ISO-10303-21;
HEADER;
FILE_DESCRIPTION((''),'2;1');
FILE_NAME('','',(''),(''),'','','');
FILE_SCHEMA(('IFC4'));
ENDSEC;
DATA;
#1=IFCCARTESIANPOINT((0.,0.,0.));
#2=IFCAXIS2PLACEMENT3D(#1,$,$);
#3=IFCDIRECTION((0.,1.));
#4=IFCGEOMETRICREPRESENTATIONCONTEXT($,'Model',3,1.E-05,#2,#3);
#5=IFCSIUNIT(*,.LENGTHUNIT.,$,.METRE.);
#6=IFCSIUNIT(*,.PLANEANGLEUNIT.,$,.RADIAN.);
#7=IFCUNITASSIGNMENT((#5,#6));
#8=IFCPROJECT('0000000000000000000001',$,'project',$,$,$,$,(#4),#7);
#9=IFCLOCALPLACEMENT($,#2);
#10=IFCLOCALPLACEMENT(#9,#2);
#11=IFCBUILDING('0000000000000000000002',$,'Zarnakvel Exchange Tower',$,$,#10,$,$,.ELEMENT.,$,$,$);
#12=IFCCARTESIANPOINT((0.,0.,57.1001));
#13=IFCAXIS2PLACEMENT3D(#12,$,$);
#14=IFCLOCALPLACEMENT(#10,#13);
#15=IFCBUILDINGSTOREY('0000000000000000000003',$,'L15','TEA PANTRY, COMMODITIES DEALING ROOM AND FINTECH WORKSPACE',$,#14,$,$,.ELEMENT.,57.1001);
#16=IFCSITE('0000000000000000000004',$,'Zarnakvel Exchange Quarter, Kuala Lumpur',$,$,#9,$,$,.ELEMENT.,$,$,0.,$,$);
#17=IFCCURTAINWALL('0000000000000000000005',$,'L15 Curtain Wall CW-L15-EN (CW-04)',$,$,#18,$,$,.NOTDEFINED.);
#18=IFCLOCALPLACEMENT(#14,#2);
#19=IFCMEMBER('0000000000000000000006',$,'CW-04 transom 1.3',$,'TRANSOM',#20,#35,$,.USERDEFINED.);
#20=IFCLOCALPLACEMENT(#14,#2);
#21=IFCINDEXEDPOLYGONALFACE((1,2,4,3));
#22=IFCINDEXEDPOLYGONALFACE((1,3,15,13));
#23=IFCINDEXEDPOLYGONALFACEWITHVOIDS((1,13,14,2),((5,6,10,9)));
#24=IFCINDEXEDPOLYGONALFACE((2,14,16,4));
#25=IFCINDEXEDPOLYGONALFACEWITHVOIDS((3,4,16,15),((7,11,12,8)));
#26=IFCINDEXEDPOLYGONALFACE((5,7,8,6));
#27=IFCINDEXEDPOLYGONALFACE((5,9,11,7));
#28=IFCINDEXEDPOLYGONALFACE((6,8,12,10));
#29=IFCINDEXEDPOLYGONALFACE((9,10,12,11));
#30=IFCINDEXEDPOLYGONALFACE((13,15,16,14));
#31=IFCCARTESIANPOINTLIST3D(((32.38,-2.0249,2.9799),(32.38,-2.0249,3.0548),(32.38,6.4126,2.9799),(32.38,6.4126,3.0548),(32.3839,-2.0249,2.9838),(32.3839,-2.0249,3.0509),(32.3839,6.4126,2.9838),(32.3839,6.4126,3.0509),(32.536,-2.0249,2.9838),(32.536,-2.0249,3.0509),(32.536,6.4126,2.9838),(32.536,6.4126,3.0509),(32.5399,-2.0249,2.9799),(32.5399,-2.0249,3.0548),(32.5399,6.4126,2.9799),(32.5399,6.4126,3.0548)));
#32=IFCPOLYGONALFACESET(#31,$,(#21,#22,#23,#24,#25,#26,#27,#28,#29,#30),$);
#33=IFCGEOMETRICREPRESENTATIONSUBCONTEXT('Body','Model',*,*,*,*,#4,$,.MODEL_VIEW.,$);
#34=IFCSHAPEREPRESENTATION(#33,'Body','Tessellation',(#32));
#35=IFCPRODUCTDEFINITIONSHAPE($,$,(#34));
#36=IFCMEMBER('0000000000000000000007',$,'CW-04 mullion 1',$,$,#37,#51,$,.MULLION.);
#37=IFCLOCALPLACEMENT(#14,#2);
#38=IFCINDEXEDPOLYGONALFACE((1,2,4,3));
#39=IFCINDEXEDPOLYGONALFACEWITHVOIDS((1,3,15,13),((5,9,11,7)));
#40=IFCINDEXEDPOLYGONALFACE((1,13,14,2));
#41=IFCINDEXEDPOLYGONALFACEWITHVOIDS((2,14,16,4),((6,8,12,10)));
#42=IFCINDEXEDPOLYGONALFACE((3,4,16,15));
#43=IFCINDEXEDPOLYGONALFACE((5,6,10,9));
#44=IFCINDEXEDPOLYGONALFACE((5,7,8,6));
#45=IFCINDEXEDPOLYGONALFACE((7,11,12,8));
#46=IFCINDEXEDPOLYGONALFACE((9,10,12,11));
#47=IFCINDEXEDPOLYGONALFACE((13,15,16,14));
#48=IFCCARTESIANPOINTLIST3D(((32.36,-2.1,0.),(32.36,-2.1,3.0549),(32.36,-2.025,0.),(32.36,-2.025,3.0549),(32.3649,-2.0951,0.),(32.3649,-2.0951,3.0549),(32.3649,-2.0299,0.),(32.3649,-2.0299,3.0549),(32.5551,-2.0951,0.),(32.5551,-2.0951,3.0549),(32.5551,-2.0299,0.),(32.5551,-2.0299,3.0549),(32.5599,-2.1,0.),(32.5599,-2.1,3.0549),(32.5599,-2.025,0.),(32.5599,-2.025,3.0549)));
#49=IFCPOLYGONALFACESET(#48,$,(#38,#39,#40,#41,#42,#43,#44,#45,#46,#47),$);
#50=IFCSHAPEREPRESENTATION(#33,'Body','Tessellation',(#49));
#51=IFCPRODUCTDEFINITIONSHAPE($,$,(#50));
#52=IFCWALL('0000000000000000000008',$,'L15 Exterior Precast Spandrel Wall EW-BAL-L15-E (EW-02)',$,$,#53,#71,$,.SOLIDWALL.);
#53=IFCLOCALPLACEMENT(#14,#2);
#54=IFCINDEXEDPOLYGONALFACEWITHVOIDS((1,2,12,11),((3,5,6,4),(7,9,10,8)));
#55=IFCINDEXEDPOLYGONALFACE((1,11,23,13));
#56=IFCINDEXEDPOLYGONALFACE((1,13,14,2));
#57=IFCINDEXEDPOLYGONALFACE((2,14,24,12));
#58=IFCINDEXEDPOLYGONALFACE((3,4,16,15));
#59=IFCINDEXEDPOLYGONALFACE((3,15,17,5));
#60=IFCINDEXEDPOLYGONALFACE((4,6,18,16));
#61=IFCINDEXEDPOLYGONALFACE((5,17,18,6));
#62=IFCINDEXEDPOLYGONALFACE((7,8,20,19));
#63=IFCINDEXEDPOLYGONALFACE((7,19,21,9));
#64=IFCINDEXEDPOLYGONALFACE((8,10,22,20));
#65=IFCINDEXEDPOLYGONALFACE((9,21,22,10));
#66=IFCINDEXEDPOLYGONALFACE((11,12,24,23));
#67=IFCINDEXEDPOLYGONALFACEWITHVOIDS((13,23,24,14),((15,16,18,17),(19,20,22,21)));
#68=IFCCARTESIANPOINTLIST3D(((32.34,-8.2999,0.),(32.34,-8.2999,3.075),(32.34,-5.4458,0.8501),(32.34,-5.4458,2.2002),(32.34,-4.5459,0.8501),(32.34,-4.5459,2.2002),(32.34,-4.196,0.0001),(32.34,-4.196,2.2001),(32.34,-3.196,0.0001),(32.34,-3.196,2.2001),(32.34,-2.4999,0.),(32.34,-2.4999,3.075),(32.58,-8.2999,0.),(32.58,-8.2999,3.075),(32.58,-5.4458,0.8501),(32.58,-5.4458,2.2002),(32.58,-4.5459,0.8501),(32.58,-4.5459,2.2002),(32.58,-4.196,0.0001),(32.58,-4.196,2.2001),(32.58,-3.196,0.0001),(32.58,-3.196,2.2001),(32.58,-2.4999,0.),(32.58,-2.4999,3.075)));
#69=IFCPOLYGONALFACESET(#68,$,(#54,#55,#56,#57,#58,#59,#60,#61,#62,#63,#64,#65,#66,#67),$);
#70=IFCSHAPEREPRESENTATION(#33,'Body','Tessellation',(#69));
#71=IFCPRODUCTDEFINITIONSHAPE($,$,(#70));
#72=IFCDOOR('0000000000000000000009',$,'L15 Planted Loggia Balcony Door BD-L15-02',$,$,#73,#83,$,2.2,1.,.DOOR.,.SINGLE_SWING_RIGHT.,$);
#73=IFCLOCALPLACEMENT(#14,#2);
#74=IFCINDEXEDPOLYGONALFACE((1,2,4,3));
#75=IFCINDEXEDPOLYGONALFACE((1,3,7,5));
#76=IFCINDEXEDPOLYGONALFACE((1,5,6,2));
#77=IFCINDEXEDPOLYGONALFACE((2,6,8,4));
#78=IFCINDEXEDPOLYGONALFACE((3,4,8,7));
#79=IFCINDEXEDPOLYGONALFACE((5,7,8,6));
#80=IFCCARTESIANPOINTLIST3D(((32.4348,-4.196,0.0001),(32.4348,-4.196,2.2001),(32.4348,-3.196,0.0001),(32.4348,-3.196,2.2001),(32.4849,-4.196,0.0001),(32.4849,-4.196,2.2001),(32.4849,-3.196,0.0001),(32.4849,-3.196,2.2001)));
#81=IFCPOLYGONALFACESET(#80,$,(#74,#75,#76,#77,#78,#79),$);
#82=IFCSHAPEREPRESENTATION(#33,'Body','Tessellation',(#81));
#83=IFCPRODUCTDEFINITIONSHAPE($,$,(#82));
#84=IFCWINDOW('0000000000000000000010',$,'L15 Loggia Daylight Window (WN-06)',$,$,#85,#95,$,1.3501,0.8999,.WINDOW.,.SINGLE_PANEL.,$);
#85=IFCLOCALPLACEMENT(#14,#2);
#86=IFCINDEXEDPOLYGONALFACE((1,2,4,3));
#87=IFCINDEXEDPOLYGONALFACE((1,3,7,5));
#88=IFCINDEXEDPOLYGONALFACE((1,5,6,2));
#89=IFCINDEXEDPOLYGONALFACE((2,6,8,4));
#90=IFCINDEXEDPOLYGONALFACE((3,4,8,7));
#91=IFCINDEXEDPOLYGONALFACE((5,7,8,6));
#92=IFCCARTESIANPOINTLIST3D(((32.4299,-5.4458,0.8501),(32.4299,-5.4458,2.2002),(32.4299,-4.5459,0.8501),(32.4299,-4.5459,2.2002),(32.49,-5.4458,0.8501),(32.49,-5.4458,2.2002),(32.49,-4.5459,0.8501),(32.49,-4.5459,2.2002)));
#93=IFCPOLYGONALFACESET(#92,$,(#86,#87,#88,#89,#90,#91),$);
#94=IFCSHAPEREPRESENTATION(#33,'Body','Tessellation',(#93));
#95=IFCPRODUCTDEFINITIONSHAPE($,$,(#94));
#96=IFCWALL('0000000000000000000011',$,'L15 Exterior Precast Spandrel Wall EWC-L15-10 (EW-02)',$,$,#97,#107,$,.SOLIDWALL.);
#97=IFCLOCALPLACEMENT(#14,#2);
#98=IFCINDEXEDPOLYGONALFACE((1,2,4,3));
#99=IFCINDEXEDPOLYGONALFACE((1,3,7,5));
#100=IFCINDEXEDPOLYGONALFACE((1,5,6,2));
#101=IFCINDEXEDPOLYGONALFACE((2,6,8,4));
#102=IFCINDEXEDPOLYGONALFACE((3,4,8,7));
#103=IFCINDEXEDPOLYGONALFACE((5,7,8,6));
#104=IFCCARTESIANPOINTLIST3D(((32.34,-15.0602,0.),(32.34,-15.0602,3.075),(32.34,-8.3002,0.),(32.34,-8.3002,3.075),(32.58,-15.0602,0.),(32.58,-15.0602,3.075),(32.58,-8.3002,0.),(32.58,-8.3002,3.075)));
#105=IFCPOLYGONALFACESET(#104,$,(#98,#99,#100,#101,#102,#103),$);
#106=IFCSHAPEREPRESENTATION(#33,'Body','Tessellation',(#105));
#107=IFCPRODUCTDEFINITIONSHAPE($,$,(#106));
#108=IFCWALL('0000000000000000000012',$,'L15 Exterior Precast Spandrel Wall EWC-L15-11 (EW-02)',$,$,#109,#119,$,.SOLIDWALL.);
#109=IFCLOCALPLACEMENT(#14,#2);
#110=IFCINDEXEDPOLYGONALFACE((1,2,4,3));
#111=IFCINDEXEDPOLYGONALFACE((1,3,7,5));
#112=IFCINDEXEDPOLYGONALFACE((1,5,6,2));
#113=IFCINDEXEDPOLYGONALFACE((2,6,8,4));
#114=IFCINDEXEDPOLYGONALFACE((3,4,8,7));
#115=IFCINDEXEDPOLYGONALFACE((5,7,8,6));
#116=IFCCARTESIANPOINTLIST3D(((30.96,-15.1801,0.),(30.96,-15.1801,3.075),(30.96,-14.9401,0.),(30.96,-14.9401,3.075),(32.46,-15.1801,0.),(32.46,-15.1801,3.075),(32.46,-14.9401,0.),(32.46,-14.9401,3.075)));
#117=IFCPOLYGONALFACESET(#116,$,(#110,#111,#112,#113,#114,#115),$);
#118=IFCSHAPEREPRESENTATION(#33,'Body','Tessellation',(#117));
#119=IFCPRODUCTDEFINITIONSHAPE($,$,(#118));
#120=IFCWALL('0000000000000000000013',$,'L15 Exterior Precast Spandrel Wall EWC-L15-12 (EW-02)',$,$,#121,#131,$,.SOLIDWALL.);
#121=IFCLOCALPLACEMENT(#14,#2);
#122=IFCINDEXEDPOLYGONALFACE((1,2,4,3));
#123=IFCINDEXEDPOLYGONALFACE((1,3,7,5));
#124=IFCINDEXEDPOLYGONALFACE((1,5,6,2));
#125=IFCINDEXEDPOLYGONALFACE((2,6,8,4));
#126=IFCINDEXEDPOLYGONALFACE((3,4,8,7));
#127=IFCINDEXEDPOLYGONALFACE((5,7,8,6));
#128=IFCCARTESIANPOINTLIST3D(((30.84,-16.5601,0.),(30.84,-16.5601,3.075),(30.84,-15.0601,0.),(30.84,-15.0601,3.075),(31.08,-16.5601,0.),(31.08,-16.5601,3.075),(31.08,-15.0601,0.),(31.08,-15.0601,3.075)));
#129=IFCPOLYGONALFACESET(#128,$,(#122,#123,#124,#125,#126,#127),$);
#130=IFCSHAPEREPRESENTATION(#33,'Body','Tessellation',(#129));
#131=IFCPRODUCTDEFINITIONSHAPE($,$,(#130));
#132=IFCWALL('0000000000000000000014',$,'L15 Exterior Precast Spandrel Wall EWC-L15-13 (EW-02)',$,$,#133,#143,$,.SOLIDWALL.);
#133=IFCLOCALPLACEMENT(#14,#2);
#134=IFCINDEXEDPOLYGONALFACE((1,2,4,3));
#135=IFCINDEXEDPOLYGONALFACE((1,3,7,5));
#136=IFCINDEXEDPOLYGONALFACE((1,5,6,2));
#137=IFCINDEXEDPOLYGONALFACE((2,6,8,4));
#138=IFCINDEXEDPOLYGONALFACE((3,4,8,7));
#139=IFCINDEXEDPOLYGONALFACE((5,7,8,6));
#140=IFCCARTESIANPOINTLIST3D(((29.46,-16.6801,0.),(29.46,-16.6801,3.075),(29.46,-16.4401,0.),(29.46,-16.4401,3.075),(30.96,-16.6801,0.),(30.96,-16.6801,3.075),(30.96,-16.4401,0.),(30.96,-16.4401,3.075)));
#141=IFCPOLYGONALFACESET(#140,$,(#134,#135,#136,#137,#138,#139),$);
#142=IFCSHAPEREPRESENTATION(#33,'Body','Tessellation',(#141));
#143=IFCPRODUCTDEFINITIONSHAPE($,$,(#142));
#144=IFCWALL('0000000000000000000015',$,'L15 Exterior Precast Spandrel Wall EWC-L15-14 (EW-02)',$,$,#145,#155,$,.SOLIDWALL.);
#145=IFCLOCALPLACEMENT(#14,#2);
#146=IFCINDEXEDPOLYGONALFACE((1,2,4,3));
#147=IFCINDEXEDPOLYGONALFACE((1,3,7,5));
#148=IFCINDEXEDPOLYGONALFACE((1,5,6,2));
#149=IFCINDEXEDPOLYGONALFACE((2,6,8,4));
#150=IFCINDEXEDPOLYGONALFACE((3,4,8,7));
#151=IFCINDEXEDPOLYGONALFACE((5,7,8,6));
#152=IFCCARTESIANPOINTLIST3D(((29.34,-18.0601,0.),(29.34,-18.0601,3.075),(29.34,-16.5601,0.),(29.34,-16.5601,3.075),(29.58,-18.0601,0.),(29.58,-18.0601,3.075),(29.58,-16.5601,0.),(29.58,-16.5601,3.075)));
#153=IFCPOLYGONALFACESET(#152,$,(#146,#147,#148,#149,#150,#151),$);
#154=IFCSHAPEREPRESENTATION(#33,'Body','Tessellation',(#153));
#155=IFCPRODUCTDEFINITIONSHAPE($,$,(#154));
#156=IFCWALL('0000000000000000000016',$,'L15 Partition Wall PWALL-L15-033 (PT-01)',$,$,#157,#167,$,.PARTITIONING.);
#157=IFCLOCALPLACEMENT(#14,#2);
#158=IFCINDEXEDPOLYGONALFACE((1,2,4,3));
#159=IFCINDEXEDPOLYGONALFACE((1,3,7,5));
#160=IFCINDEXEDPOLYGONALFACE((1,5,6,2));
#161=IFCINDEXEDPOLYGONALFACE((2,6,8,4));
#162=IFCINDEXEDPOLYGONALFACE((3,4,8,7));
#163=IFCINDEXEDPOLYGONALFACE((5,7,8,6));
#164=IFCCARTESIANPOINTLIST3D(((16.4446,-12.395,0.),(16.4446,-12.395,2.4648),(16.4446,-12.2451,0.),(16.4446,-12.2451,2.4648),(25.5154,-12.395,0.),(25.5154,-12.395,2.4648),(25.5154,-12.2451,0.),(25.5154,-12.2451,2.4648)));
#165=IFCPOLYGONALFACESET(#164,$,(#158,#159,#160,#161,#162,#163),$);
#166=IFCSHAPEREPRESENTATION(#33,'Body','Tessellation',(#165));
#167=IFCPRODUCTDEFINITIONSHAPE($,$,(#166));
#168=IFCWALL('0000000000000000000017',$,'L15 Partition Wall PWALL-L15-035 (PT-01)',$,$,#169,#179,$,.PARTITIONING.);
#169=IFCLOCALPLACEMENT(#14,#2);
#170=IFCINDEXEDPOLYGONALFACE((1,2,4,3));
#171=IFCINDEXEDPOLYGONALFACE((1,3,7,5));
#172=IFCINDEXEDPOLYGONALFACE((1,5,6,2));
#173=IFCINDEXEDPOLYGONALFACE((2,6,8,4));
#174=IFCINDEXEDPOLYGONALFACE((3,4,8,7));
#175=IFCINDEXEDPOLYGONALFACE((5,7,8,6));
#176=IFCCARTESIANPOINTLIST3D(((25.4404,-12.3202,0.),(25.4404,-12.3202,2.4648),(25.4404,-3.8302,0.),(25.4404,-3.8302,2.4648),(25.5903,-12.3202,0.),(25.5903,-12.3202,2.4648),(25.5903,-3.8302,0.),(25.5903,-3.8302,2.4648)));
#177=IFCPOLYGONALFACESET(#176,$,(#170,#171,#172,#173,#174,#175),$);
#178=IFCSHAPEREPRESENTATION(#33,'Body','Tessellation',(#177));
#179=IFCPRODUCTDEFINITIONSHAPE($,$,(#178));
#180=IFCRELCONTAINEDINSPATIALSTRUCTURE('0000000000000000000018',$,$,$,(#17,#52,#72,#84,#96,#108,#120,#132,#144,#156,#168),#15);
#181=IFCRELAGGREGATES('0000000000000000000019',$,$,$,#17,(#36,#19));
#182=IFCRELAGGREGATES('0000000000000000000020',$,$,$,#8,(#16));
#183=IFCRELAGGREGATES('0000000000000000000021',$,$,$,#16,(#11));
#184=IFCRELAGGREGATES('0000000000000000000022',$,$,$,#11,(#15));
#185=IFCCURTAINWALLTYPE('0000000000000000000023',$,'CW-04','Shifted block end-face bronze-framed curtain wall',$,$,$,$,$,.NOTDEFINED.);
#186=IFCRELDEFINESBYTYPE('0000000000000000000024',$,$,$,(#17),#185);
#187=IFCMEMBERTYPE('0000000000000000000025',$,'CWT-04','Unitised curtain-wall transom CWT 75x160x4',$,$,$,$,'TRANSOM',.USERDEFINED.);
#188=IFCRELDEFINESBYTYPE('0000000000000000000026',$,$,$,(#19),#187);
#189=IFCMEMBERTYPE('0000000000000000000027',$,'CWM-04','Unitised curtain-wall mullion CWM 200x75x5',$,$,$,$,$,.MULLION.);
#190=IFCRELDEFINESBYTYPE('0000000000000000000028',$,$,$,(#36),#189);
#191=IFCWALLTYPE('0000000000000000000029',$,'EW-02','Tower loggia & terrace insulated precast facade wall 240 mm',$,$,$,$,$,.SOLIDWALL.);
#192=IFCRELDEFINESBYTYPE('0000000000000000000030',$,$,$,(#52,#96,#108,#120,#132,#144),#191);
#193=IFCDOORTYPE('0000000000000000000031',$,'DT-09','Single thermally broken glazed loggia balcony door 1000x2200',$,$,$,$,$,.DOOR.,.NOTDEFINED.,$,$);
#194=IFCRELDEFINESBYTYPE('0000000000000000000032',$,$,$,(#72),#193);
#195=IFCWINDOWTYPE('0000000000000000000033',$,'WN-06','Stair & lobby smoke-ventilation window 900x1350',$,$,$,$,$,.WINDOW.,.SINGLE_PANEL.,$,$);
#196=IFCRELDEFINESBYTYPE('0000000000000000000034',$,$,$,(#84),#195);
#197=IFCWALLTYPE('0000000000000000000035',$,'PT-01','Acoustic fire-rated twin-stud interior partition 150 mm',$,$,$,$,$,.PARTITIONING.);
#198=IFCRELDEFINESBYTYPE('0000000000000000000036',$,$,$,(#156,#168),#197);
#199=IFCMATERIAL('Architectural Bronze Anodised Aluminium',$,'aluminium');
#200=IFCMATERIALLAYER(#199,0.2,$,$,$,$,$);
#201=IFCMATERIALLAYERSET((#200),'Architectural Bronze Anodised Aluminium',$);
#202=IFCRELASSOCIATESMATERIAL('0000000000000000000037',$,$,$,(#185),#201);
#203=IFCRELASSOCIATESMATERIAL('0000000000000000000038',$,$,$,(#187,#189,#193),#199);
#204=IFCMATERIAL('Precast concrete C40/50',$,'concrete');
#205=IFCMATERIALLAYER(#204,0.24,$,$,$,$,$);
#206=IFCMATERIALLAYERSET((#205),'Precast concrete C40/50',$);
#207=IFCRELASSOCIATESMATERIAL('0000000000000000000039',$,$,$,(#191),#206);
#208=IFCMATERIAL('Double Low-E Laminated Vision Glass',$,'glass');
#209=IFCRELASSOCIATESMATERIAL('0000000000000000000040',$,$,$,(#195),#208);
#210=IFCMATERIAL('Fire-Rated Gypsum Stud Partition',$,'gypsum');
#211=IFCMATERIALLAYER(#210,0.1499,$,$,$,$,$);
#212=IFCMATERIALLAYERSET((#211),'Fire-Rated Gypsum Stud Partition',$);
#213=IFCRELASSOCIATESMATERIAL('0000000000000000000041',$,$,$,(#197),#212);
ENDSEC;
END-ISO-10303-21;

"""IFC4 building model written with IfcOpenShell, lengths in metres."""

from ifc_helpers import new_model, si_unit, direction, frame, frame_2d, origin, origin_2d, place, context, subcontext, project, spatial, rectangle, hollow_rectangle, extrude, source, transform, mapped, material, layer, layer_set, material_profile, profile_set, type_object, element, fill, aggregate, save


model = new_model("IFC4")

# Units and contexts
model_context = context("Model", 3, precision=1e-05, world=origin(), true_north=direction((0.0, 1.0)))
body_context = subcontext(model_context, "Body", "Model", "MODEL_VIEW")
ifc_project = project(units=[si_unit("LENGTHUNIT", "METRE"), si_unit("PLANEANGLEUNIT", "RADIAN")], contexts=[model_context])

# Site, building, storey
site_placement = place(None, origin())
site = spatial("IfcSite", under=ifc_project, at=site_placement, Name="Zarnakvel Exchange Quarter, Kuala Lumpur", CompositionType="ELEMENT", RefElevation=0.0)
building_placement = place(site_placement, origin())
building = spatial("IfcBuilding", under=site, at=building_placement, Name="Zarnakvel Exchange Tower", CompositionType="ELEMENT")
storey_placement = place(building_placement, frame((0.0, 0.0, 57.1001)))
storey = spatial("IfcBuildingStorey", under=building, at=storey_placement, Name="L15", Description="TEA PANTRY, COMMODITIES DEALING ROOM AND FINTECH WORKSPACE", CompositionType="ELEMENT", Elevation=57.1001)

# Curtain wall, members
ifc_material_1 = material(Name="Architectural Bronze Anodised Aluminium", Category="aluminium")
ifc_layer_1 = layer(ifc_material_1, 0.2)
ifc_layer_set_1 = layer_set([ifc_layer_1], Name="Architectural Bronze Anodised Aluminium")
curtain_wall_type = type_object("IfcCurtainWallType", Name="CW-04", Description="Shifted block end-face bronze-framed curtain wall", PredefinedType="NOTDEFINED", material=ifc_layer_set_1)
curtain_wall_placement = place(storey_placement, origin())
curtain_wall = element("IfcCurtainWall", 1, at=curtain_wall_placement, inside=storey, type_object=curtain_wall_type, Name="L15 Curtain Wall CW-L15-EN (CW-04)", PredefinedType="NOTDEFINED")
ifc_material_profile_1 = material_profile(ifc_material_1, hollow_rectangle(XDim=0.1599, YDim=0.075, WallThickness=0.0039, at=origin_2d()))
ifc_profile_set_1 = profile_set([ifc_material_profile_1], Name="Architectural Bronze Anodised Aluminium")
member_type_1 = type_object("IfcMemberType", Name="CWT-04", Description="Unitised curtain-wall transom CWT 75x160x4", ElementType="TRANSOM", PredefinedType="USERDEFINED", material=ifc_profile_set_1)
shared_shape_1 = source(origin(), body_context, "Body", "SweptSolid", [
    extrude(hollow_rectangle(XDim=0.1599, YDim=0.075, WallThickness=0.0039, at=origin_2d()), origin(), (0.0, 0.0, 1.0), 8.4375),
])
member_1_placement = place(storey_placement, frame((32.46, -2.0249, 3.0173), z_axis=(0.0, 1.0, 0.0), x_axis=(-1.0, 0.0, 0.0)))
member_1 = element("IfcMember", 2, at=member_1_placement, type_object=member_type_1, Name="CW-04 transom 1.3", ObjectType="TRANSOM", PredefinedType="USERDEFINED", context=body_context, shape_type="MappedRepresentation", body=[
    mapped(shared_shape_1, transform((0.0, 0.0, 0.0), x_axis=(1.0, 0.0, 0.0), y_axis=(0.0, 1.0, 0.0), z_axis=(0.0, 0.0, 1.0), scale=1.0)),
])
ifc_material_profile_2 = material_profile(ifc_material_1, hollow_rectangle(XDim=0.2, YDim=0.075, WallThickness=0.0049, at=origin_2d()))
ifc_profile_set_2 = profile_set([ifc_material_profile_2], Name="Architectural Bronze Anodised Aluminium")
member_type_2 = type_object("IfcMemberType", Name="CWM-04", Description="Unitised curtain-wall mullion CWM 200x75x5", PredefinedType="MULLION", material=ifc_profile_set_2)
shared_shape_2 = source(origin(), body_context, "Body", "SweptSolid", [
    extrude(hollow_rectangle(XDim=0.2, YDim=0.075, WallThickness=0.0049, at=origin_2d()), origin(), (0.0, 0.0, 1.0), 3.0549),
])
member_2_placement = place(storey_placement, frame((32.46, -2.0625, 0.0), z_axis=(0.0, 0.0, 1.0), x_axis=(-1.0, 0.0, 0.0)))
member_2 = element("IfcMember", 3, at=member_2_placement, type_object=member_type_2, Name="CW-04 mullion 1", PredefinedType="MULLION", context=body_context, shape_type="MappedRepresentation", body=[
    mapped(shared_shape_2, transform((0.0, 0.0, 0.0), x_axis=(1.0, 0.0, 0.0), y_axis=(0.0, 1.0, 0.0), z_axis=(0.0, 0.0, 1.0), scale=1.0)),
])
aggregate(curtain_wall, [member_2, member_1])

# Wall, openings, door, window
ifc_material_2 = material(Name="Precast concrete C40/50", Category="concrete")
ifc_layer_2 = layer(ifc_material_2, 0.24)
ifc_layer_set_2 = layer_set([ifc_layer_2], Name="Precast concrete C40/50")
wall_type_1 = type_object("IfcWallType", Name="EW-02", Description="Tower loggia & terrace insulated precast facade wall 240 mm", PredefinedType="SOLIDWALL", material=ifc_layer_set_2)
wall_1_placement = place(storey_placement, frame((32.46, -2.5, 0.0), z_axis=(0.0, 0.0, 1.0), x_axis=(0.0, -1.0, 0.0)))
wall_1 = element("IfcWall", 4, at=wall_1_placement, inside=storey, type_object=wall_type_1, Name="L15 Exterior Precast Spandrel Wall EW-BAL-L15-E (EW-02)", PredefinedType="SOLIDWALL", context=body_context, shape_type="SweptSolid", body=[
    extrude(rectangle(XDim=5.8, YDim=0.24, at=frame_2d((2.8999, 0.0))), origin(), (0.0, 0.0, 1.0), 3.075),
])
opening_1_placement = place(wall_1_placement, frame((0.696, 0.0, 0.0)))
opening_1 = element("IfcOpeningElement", 5, at=opening_1_placement, cuts=wall_1, PredefinedType="OPENING", context=body_context, shape_type="SweptSolid", body=[
    extrude(rectangle(XDim=1.0, YDim=2.2, at=frame_2d((0.5, 1.1001))), frame((0.0, 0.1299, 0.0), z_axis=(0.0, -1.0, 0.0), x_axis=(1.0, 0.0, 0.0)), (0.0, 0.0, 1.0), 0.26),
])
opening_2_placement = place(wall_1_placement, frame((2.0459, 0.0, 0.8501)))
opening_2 = element("IfcOpeningElement", 6, at=opening_2_placement, cuts=wall_1, PredefinedType="OPENING", context=body_context, shape_type="SweptSolid", body=[
    extrude(rectangle(XDim=0.8999, YDim=1.3501, at=frame_2d((0.45, 0.675))), frame((0.0, 0.1299, 0.0), z_axis=(0.0, -1.0, 0.0), x_axis=(1.0, 0.0, 0.0)), (0.0, 0.0, 1.0), 0.26),
])
door_type = type_object("IfcDoorType", Name="DT-09", Description="Single thermally broken glazed loggia balcony door 1000x2200", OperationType="NOTDEFINED", PredefinedType="DOOR", material=ifc_material_1)
shared_shape_3 = source(origin(), body_context, "Body", "SweptSolid", [
    extrude(rectangle(XDim=1.0, YDim=2.2, at=frame_2d((0.5, 1.1001))), frame((0.0, 0.0249, 0.0), z_axis=(0.0, -1.0, 0.0), x_axis=(1.0, 0.0, 0.0)), (0.0, 0.0, 1.0), 0.05),
])
door_placement = place(opening_1_placement, origin())
door = element("IfcDoor", 7, at=door_placement, inside=storey, type_object=door_type, Name="L15 Planted Loggia Balcony Door BD-L15-02", OperationType="SINGLE_SWING_RIGHT", OverallHeight=2.2, OverallWidth=1.0, PredefinedType="DOOR", context=body_context, shape_type="MappedRepresentation", body=[
    mapped(shared_shape_3, transform((0.0, 0.0, 0.0), x_axis=(1.0, 0.0, 0.0), y_axis=(0.0, 1.0, 0.0), z_axis=(0.0, 0.0, 1.0), scale=1.0)),
])
fill(opening_1, door)
ifc_material_3 = material(Name="Double Low-E Laminated Vision Glass", Category="glass")
window_type = type_object("IfcWindowType", Name="WN-06", Description="Stair & lobby smoke-ventilation window 900x1350", PartitioningType="SINGLE_PANEL", PredefinedType="WINDOW", material=ifc_material_3)
shared_shape_4 = source(origin(), body_context, "Body", "SweptSolid", [
    extrude(rectangle(XDim=0.8999, YDim=1.3501, at=frame_2d((0.45, 0.675))), frame((0.0, 0.03, 0.0), z_axis=(0.0, -1.0, 0.0), x_axis=(1.0, 0.0, 0.0)), (0.0, 0.0, 1.0), 0.0601),
])
window_placement = place(opening_2_placement, origin())
window = element("IfcWindow", 8, at=window_placement, inside=storey, type_object=window_type, Name="L15 Loggia Daylight Window (WN-06)", OverallHeight=1.3501, OverallWidth=0.8999, PartitioningType="SINGLE_PANEL", PredefinedType="WINDOW", context=body_context, shape_type="MappedRepresentation", body=[
    mapped(shared_shape_4, transform((0.0, 0.0, 0.0), x_axis=(1.0, 0.0, 0.0), y_axis=(0.0, 1.0, 0.0), z_axis=(0.0, 0.0, 1.0), scale=1.0)),
])
fill(opening_2, window)

# Walls
wall_2_placement = place(storey_placement, frame((32.46, -15.0601, 0.0), z_axis=(0.0, 0.0, 1.0), x_axis=(0.0, 1.0, 0.0)))
element("IfcWall", 9, at=wall_2_placement, inside=storey, type_object=wall_type_1, Name="L15 Exterior Precast Spandrel Wall EWC-L15-10 (EW-02)", PredefinedType="SOLIDWALL", context=body_context, shape_type="SweptSolid", body=[
    extrude(rectangle(XDim=6.76, YDim=0.24, at=frame_2d((3.3799, 0.0))), origin(), (0.0, 0.0, 1.0), 3.075),
])
for number, where, z_axis, x_axis, name in (
    (10, (30.96, -15.0601, 0.0), (0.0, 0.0, 1.0), (1.0, 0.0, 0.0), "L15 Exterior Precast Spandrel Wall EWC-L15-11 (EW-02)"),
    (11, (30.96, -16.5601, 0.0), (0.0, 0.0, 1.0), (0.0, 1.0, 0.0), "L15 Exterior Precast Spandrel Wall EWC-L15-12 (EW-02)"),
    (12, (29.46, -16.5601, 0.0), (0.0, 0.0, 1.0), (1.0, 0.0, 0.0), "L15 Exterior Precast Spandrel Wall EWC-L15-13 (EW-02)"),
    (13, (29.46, -18.0601, 0.0), (0.0, 0.0, 1.0), (0.0, 1.0, 0.0), "L15 Exterior Precast Spandrel Wall EWC-L15-14 (EW-02)"),
):
    element("IfcWall", number, at=place(storey_placement, frame(where, z_axis=z_axis, x_axis=x_axis)), inside=storey, type_object=wall_type_1, Name=name, PredefinedType="SOLIDWALL", context=body_context, shape_type="SweptSolid", body=[
        extrude(rectangle(XDim=1.5, YDim=0.24, at=frame_2d((0.75, 0.0))), origin(), (0.0, 0.0, 1.0), 3.075),
    ])
ifc_material_4 = material(Name="Fire-Rated Gypsum Stud Partition", Category="gypsum")
ifc_layer_3 = layer(ifc_material_4, 0.1499)
ifc_layer_set_3 = layer_set([ifc_layer_3], Name="Fire-Rated Gypsum Stud Partition")
wall_type_2 = type_object("IfcWallType", Name="PT-01", Description="Acoustic fire-rated twin-stud interior partition 150 mm", PredefinedType="PARTITIONING", material=ifc_layer_set_3)
wall_3_placement = place(storey_placement, frame((25.5154, -12.3201, 0.0), z_axis=(0.0, 0.0, 1.0), x_axis=(-1.0, 0.0, 0.0)))
element("IfcWall", 14, at=wall_3_placement, inside=storey, type_object=wall_type_2, Name="L15 Partition Wall PWALL-L15-033 (PT-01)", PredefinedType="PARTITIONING", context=body_context, shape_type="SweptSolid", body=[
    extrude(rectangle(XDim=9.0708, YDim=0.1499, at=frame_2d((4.5354, 0.0))), origin(), (0.0, 0.0, 1.0), 2.4648),
])
wall_4_placement = place(storey_placement, frame((25.5154, -3.8301, 0.0), z_axis=(0.0, 0.0, 1.0), x_axis=(0.0, -1.0, 0.0)))
element("IfcWall", 15, at=wall_4_placement, inside=storey, type_object=wall_type_2, Name="L15 Partition Wall PWALL-L15-035 (PT-01)", PredefinedType="PARTITIONING", context=body_context, shape_type="SweptSolid", body=[
    extrude(rectangle(XDim=8.49, YDim=0.1499, at=frame_2d((4.2451, 0.0))), origin(), (0.0, 0.0, 1.0), 2.4648),
])

save(model, "model.ifc")
